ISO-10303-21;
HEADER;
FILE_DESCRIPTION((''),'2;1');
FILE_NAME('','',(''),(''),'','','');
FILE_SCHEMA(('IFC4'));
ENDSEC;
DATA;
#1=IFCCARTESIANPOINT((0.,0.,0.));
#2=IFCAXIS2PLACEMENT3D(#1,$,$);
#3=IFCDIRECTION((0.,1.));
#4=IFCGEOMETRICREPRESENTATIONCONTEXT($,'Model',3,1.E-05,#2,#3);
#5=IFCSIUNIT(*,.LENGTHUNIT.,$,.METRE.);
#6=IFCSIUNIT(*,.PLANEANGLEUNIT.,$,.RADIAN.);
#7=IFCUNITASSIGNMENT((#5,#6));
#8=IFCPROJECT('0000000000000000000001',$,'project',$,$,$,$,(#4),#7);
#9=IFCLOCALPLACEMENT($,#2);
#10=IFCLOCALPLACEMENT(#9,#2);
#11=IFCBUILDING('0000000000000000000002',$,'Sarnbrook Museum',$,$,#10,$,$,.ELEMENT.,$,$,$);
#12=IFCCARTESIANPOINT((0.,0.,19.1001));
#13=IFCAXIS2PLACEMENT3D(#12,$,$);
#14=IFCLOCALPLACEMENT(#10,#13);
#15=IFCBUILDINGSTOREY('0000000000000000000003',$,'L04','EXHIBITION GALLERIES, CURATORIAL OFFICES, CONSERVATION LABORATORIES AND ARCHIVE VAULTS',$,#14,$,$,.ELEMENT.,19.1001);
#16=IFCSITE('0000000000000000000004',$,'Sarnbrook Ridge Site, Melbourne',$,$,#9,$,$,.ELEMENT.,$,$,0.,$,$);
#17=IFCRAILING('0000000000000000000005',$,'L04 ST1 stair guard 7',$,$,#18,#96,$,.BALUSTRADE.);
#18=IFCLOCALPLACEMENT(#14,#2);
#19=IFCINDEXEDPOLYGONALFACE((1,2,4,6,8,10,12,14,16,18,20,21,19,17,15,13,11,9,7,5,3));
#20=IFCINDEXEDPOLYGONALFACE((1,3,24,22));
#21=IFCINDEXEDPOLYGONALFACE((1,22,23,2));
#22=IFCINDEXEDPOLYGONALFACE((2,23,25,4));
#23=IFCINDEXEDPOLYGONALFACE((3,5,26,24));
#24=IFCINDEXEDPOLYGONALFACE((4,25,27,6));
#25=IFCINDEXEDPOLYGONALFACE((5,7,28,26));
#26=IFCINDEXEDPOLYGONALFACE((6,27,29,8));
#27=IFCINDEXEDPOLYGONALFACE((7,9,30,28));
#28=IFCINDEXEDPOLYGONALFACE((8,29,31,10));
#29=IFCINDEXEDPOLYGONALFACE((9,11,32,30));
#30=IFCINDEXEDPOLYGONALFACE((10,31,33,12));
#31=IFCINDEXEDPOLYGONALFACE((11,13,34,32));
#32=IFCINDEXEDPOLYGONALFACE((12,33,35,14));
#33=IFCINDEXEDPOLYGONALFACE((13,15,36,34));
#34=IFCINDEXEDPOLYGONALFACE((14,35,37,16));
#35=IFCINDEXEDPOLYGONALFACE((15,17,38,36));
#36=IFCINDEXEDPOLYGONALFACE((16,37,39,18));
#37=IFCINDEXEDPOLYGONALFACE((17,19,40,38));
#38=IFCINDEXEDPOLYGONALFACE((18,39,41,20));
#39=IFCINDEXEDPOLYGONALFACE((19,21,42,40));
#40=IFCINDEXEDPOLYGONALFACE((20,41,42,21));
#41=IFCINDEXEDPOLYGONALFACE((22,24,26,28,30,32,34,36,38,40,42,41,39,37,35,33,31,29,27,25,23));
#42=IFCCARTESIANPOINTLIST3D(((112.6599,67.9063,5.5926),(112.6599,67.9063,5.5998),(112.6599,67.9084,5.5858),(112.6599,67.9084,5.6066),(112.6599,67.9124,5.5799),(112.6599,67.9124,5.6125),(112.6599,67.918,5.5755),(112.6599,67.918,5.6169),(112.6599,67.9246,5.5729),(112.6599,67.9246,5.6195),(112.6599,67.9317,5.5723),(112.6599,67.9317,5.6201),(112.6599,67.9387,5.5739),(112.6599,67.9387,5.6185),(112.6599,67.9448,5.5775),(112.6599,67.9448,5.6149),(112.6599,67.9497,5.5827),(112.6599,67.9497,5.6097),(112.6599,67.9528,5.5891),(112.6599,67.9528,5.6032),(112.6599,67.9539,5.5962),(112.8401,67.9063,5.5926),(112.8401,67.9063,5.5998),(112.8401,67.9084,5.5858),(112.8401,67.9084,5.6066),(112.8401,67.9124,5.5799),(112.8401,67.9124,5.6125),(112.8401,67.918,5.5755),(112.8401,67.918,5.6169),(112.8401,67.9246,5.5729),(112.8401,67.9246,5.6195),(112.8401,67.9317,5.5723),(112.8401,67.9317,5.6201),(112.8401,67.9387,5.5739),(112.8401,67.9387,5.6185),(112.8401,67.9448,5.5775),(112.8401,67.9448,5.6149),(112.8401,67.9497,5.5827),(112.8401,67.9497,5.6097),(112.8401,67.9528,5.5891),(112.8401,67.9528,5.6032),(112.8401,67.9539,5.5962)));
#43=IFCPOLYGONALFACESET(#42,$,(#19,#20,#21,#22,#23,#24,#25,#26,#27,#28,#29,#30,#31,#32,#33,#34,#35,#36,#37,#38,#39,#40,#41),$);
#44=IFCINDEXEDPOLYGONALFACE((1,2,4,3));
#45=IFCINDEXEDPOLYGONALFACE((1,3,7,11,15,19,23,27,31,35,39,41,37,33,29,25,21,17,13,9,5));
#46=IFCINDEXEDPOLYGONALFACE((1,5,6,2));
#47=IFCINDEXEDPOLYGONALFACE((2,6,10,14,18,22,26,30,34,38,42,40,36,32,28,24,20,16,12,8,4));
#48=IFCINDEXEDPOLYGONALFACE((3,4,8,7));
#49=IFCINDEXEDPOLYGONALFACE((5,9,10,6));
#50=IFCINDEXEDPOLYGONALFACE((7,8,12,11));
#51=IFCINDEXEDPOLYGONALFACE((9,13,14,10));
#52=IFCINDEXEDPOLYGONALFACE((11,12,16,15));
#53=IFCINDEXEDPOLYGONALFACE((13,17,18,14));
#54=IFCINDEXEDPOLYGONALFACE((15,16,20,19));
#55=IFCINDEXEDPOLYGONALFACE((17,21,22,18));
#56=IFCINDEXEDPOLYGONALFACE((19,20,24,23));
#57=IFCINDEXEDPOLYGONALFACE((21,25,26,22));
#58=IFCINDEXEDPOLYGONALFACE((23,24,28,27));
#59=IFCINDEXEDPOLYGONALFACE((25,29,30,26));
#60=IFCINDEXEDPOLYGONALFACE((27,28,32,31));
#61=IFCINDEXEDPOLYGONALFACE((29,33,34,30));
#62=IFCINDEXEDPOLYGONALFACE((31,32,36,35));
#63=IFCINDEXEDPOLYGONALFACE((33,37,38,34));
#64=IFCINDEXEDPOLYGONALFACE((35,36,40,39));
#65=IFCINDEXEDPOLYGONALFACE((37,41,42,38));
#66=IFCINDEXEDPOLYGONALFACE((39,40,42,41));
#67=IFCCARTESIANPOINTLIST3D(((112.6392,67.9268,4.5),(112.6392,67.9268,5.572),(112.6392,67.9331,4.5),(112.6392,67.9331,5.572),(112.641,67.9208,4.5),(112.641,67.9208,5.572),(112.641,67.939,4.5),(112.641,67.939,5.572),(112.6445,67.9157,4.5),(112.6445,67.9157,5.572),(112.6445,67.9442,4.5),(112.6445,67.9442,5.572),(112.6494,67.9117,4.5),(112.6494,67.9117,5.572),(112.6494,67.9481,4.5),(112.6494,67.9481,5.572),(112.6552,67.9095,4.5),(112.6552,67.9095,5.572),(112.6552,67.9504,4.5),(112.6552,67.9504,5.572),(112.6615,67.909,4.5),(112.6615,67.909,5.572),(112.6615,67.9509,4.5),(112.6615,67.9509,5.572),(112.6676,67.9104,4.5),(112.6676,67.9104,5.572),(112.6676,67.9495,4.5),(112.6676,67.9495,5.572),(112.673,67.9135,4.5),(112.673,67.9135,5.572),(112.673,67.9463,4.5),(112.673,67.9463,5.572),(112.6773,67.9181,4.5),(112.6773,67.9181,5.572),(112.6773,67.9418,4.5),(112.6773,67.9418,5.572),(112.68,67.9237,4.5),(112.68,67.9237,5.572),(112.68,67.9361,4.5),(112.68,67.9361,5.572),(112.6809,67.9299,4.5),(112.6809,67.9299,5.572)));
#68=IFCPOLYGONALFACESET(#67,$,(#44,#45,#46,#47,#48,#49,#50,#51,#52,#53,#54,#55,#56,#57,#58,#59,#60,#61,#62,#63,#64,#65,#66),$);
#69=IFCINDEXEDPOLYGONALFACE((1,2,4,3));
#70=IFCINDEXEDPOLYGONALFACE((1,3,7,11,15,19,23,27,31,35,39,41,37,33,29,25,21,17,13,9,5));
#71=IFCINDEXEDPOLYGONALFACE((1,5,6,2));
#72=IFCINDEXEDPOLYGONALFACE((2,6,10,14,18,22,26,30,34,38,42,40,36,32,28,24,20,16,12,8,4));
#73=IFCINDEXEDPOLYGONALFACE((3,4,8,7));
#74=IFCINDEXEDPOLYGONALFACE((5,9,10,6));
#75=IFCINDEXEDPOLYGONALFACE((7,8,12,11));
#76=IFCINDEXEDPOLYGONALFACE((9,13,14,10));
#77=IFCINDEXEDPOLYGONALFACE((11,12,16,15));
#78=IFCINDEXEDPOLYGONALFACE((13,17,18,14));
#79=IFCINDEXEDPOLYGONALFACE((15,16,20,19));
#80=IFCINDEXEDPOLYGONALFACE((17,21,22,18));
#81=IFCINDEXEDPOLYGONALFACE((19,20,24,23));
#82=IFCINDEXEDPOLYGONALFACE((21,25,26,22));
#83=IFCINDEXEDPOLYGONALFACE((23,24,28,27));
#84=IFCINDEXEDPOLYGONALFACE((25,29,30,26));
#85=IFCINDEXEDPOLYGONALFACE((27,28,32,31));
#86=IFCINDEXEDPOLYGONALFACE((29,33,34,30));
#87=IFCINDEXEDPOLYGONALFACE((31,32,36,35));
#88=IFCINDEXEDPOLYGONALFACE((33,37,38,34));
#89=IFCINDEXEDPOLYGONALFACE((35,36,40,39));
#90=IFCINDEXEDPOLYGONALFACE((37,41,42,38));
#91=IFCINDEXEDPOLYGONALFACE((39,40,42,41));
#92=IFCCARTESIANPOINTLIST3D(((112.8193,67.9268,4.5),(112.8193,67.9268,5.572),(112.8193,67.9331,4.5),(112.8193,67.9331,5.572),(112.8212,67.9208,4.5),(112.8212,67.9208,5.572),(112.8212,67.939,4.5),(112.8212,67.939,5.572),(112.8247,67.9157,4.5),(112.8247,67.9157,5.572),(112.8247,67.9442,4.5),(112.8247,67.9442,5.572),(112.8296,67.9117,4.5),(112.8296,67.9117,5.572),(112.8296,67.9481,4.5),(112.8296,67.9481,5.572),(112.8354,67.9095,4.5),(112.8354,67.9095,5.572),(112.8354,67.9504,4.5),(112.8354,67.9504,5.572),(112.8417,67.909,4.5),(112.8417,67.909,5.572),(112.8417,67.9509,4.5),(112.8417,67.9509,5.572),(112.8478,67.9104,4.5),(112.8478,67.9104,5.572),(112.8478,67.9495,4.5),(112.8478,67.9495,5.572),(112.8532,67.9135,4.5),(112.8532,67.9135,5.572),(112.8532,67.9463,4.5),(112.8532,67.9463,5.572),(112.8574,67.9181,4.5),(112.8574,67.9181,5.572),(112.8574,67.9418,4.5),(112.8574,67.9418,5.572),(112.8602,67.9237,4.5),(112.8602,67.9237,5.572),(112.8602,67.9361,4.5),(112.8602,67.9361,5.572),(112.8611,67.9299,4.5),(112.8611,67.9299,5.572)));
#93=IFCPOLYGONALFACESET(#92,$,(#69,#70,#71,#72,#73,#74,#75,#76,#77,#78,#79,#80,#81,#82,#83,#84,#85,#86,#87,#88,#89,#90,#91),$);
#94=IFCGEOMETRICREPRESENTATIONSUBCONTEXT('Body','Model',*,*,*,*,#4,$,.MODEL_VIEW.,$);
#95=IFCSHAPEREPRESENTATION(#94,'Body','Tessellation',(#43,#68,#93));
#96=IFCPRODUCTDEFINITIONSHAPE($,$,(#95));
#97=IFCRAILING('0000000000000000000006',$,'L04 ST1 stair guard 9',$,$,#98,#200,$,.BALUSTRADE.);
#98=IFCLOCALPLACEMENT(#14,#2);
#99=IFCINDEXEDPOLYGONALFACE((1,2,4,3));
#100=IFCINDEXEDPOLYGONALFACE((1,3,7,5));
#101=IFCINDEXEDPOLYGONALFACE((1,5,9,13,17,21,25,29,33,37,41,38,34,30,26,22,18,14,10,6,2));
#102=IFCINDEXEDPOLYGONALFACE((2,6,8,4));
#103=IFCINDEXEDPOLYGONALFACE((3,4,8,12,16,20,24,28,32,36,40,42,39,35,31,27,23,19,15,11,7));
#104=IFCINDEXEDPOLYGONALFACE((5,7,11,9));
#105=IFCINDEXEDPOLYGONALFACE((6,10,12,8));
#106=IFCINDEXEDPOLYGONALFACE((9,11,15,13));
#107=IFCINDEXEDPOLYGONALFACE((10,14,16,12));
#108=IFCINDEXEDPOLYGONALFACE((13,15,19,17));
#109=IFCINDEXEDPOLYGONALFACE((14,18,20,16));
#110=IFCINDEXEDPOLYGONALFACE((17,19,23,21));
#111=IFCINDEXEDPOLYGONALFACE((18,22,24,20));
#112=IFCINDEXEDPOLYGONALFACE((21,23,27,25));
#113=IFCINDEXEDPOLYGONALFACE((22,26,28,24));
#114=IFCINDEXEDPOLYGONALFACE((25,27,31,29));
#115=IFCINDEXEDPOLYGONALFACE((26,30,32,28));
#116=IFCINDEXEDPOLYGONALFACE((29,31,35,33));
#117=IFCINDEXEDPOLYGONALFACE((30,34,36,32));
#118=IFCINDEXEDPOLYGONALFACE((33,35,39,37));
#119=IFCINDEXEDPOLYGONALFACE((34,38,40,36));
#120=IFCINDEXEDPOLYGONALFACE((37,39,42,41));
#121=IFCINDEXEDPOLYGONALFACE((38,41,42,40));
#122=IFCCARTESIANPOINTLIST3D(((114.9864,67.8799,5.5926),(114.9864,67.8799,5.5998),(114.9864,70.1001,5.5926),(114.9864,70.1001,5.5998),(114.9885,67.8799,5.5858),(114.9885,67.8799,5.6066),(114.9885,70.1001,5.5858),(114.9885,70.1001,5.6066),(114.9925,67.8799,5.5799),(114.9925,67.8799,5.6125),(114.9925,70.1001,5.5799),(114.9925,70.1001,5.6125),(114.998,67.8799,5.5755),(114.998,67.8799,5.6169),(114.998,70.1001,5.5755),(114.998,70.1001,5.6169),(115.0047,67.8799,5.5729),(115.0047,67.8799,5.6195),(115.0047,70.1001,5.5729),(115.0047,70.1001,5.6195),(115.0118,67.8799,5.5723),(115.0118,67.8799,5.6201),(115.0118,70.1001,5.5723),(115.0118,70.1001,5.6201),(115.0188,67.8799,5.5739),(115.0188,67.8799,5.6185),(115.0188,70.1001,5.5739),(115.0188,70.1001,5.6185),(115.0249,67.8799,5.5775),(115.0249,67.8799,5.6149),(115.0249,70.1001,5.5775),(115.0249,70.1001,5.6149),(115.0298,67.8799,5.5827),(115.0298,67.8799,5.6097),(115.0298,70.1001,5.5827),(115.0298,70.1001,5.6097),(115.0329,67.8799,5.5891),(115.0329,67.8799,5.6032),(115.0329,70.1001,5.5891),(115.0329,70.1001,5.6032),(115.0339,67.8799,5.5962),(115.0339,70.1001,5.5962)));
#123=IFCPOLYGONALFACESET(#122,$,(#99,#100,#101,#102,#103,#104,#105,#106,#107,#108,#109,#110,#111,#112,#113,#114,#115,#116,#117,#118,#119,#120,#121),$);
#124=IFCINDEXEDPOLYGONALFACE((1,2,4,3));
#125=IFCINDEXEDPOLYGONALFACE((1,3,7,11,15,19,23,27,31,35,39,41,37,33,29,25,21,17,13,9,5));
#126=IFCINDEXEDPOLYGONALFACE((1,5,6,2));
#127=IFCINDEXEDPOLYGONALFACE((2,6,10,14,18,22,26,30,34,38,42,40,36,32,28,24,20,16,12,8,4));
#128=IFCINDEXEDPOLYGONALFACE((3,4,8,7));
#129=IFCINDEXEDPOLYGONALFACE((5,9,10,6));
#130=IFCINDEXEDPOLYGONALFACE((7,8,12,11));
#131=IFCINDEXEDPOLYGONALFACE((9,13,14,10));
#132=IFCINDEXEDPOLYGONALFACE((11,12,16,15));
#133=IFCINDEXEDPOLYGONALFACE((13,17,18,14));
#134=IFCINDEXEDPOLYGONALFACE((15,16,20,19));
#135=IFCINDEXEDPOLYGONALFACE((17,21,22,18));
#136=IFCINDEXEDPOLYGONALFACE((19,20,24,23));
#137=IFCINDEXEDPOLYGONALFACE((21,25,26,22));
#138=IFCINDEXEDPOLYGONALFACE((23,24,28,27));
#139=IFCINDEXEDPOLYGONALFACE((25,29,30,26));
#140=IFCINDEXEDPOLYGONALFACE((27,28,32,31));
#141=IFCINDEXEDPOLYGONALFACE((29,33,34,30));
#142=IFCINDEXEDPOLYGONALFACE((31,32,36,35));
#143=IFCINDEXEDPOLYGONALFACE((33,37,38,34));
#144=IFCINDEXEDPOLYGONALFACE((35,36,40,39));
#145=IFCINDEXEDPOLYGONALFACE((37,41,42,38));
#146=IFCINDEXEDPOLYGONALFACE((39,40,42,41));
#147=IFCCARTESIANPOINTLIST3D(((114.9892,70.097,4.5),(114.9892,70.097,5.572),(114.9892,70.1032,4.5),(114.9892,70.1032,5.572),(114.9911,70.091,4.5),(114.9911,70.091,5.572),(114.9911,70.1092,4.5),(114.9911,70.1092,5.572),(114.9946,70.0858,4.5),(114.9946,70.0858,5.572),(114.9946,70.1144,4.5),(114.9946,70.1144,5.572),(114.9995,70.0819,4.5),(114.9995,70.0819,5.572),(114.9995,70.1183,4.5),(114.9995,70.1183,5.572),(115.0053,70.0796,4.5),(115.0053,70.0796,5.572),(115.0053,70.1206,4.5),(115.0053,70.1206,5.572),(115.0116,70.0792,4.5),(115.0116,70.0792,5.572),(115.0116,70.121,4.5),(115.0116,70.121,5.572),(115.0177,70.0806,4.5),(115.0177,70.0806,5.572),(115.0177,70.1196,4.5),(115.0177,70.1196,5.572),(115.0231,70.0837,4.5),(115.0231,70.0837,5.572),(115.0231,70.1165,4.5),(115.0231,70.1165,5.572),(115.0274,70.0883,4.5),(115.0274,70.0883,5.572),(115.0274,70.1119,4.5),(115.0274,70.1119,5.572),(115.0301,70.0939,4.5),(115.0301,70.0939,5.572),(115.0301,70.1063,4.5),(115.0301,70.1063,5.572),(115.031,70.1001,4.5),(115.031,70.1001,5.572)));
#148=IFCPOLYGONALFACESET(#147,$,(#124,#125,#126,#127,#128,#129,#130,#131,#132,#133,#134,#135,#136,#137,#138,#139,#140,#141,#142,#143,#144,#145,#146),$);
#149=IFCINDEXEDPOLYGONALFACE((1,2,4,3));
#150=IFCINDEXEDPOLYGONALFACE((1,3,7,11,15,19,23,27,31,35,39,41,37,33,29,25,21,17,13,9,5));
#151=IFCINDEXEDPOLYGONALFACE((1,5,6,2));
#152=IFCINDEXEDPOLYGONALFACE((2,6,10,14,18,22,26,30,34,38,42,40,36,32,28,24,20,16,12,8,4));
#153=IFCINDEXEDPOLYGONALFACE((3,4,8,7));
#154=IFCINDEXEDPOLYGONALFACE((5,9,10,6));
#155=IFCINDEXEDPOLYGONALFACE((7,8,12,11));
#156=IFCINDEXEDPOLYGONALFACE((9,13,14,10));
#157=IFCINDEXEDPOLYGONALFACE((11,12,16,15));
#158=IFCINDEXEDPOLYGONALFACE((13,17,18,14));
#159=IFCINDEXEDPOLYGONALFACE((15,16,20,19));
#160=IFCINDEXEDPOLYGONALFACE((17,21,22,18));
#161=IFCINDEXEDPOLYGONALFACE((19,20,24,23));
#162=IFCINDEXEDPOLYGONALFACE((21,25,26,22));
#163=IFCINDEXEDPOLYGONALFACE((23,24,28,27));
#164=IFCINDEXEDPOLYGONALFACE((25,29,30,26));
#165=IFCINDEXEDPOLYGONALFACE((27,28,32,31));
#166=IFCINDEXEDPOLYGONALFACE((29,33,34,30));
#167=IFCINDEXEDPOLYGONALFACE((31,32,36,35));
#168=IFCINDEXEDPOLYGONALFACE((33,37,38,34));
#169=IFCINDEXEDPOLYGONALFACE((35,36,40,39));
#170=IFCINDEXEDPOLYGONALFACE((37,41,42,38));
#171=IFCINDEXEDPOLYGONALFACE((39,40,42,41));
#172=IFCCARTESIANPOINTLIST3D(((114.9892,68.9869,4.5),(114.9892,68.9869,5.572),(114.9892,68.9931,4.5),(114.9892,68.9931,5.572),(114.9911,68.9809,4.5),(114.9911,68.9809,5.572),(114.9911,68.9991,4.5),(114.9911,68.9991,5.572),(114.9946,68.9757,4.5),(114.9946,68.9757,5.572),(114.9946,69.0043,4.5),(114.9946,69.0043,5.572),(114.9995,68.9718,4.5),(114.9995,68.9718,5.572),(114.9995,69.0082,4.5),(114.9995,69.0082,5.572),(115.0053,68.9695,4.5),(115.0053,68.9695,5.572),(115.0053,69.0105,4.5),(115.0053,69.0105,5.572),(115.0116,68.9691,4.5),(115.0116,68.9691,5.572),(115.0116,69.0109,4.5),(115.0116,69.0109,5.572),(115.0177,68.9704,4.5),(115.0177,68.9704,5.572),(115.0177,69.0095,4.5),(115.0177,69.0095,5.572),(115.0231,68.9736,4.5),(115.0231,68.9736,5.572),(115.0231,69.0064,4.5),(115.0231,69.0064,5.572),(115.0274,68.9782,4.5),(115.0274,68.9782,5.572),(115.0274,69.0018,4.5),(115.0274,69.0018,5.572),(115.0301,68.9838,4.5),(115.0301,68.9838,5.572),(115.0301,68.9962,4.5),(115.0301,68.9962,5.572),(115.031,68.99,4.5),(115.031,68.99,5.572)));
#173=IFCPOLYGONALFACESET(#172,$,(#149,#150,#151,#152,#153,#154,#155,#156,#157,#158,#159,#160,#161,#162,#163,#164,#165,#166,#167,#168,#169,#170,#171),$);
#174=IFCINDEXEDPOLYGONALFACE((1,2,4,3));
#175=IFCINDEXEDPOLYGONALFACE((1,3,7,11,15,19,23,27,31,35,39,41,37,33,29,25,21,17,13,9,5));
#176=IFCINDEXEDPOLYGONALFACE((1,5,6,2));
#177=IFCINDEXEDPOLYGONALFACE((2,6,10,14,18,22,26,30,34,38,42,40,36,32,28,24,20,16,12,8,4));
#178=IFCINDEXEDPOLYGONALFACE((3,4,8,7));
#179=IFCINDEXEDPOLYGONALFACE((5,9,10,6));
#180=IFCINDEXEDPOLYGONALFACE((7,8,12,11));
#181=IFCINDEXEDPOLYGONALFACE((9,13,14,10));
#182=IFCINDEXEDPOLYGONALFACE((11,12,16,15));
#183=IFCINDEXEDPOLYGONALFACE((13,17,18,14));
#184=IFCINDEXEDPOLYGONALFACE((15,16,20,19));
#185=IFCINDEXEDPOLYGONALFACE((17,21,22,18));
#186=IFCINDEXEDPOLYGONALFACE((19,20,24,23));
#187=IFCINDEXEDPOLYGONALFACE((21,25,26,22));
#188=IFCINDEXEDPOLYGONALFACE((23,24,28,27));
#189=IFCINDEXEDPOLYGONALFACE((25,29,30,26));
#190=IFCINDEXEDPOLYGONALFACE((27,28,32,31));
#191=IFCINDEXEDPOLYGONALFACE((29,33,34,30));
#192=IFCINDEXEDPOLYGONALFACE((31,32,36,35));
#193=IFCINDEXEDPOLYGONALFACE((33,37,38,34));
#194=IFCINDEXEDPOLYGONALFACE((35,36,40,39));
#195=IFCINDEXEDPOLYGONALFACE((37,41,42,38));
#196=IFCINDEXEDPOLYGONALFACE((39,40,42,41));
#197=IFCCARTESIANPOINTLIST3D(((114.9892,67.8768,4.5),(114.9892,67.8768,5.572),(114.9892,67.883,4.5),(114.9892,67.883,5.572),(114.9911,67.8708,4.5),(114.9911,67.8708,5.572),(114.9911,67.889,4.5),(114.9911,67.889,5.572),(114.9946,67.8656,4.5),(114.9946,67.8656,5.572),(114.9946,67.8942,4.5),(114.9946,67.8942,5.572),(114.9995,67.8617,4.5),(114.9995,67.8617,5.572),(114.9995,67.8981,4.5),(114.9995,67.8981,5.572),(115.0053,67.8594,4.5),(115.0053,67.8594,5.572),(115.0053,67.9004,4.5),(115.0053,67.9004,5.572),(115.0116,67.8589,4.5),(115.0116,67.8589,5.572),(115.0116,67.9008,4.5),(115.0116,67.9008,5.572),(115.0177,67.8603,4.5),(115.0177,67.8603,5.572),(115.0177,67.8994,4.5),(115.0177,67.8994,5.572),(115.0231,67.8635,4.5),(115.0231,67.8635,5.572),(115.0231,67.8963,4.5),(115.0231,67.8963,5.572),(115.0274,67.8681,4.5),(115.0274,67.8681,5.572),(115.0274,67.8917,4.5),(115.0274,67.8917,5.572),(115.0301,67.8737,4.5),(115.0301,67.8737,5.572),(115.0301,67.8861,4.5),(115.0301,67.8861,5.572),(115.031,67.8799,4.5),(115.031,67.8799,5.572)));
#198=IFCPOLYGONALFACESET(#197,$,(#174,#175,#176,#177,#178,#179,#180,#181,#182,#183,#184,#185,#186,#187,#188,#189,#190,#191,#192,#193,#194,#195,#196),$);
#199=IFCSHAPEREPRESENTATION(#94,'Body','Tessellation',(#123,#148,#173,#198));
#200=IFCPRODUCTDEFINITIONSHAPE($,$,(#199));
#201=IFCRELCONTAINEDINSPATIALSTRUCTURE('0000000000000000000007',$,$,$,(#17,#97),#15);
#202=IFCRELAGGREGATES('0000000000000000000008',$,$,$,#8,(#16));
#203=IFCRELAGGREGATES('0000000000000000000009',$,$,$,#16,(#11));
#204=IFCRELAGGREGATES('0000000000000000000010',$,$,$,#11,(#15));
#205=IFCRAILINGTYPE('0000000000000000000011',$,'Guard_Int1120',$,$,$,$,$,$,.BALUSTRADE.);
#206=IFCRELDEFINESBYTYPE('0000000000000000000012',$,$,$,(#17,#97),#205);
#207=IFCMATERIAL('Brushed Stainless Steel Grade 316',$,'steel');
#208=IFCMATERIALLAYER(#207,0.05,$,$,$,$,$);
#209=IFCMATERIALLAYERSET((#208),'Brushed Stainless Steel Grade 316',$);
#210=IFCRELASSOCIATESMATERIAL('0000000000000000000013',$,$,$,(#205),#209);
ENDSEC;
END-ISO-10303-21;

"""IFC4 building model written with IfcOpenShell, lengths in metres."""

from ifc_helpers import new_model, si_unit, direction, frame, origin, origin_2d, place, context, subcontext, project, spatial, circle, extrude, material, layer, layer_set, type_object, element, save


model = new_model("IFC4")

# Units and contexts
model_context = context("Model", 3, precision=1e-05, world=origin(), true_north=direction((0.0, 1.0)))
body_context = subcontext(model_context, "Body", "Model", "MODEL_VIEW")
ifc_project = project(units=[si_unit("LENGTHUNIT", "METRE"), si_unit("PLANEANGLEUNIT", "RADIAN")], contexts=[model_context])

# Site, building, storey
site_placement = place(None, origin())
site = spatial("IfcSite", under=ifc_project, at=site_placement, Name="Sarnbrook Ridge Site, Melbourne", CompositionType="ELEMENT", RefElevation=0.0)
building_placement = place(site_placement, origin())
building = spatial("IfcBuilding", under=site, at=building_placement, Name="Sarnbrook Museum", CompositionType="ELEMENT")
storey_placement = place(building_placement, frame((0.0, 0.0, 19.1001)))
storey = spatial("IfcBuildingStorey", under=building, at=storey_placement, Name="L04", Description="EXHIBITION GALLERIES, CURATORIAL OFFICES, CONSERVATION LABORATORIES AND ARCHIVE VAULTS", CompositionType="ELEMENT", Elevation=19.1001)

# Railings
ifc_material_1 = material(Name="Brushed Stainless Steel Grade 316", Category="steel")
ifc_layer_1 = layer(ifc_material_1, 0.05)
ifc_layer_set_1 = layer_set([ifc_layer_1], Name="Brushed Stainless Steel Grade 316")
railing_type = type_object("IfcRailingType", Name="Guard_Int1120", PredefinedType="BALUSTRADE", material=ifc_layer_set_1)
railing_1_placement = place(storey_placement, frame((112.6599, 67.9299, 4.5)))
element("IfcRailing", 1, at=railing_1_placement, inside=storey, type_object=railing_type, Name="L04 ST1 stair guard 7", PredefinedType="BALUSTRADE", context=body_context, shape_type="SweptSolid", body=[
    extrude(circle(Radius=0.0239, at=origin_2d()), frame((0.0, 0.0, 1.0962), z_axis=(1.0, 0.0, 0.0), x_axis=(0.0, 1.0, 0.0)), (0.0, 0.0, 1.0), 0.1802),
    extrude(circle(Radius=0.021, at=origin_2d()), origin(), (0.0, 0.0, 1.0), 1.072),
    extrude(circle(Radius=0.021, at=origin_2d()), frame((0.1802, 0.0, 0.0)), (0.0, 0.0, 1.0), 1.072),
])
railing_2_placement = place(storey_placement, frame((115.01, 70.1001, 4.5)))
element("IfcRailing", 2, at=railing_2_placement, inside=storey, type_object=railing_type, Name="L04 ST1 stair guard 9", PredefinedType="BALUSTRADE", context=body_context, shape_type="SweptSolid", body=[
    extrude(circle(Radius=0.0239, at=origin_2d()), frame((0.0, 0.0, 1.0962), z_axis=(0.0, -1.0, 0.0), x_axis=(1.0, 0.0, 0.0)), (0.0, 0.0, 1.0), 2.2202),
    extrude(circle(Radius=0.021, at=origin_2d()), origin(), (0.0, 0.0, 1.0), 1.072),
    extrude(circle(Radius=0.021, at=origin_2d()), frame((0.0, -1.1101, 0.0)), (0.0, 0.0, 1.0), 1.072),
    extrude(circle(Radius=0.021, at=origin_2d()), frame((0.0, -2.2202, 0.0)), (0.0, 0.0, 1.0), 1.072),
])

save(model, "model.ifc")
